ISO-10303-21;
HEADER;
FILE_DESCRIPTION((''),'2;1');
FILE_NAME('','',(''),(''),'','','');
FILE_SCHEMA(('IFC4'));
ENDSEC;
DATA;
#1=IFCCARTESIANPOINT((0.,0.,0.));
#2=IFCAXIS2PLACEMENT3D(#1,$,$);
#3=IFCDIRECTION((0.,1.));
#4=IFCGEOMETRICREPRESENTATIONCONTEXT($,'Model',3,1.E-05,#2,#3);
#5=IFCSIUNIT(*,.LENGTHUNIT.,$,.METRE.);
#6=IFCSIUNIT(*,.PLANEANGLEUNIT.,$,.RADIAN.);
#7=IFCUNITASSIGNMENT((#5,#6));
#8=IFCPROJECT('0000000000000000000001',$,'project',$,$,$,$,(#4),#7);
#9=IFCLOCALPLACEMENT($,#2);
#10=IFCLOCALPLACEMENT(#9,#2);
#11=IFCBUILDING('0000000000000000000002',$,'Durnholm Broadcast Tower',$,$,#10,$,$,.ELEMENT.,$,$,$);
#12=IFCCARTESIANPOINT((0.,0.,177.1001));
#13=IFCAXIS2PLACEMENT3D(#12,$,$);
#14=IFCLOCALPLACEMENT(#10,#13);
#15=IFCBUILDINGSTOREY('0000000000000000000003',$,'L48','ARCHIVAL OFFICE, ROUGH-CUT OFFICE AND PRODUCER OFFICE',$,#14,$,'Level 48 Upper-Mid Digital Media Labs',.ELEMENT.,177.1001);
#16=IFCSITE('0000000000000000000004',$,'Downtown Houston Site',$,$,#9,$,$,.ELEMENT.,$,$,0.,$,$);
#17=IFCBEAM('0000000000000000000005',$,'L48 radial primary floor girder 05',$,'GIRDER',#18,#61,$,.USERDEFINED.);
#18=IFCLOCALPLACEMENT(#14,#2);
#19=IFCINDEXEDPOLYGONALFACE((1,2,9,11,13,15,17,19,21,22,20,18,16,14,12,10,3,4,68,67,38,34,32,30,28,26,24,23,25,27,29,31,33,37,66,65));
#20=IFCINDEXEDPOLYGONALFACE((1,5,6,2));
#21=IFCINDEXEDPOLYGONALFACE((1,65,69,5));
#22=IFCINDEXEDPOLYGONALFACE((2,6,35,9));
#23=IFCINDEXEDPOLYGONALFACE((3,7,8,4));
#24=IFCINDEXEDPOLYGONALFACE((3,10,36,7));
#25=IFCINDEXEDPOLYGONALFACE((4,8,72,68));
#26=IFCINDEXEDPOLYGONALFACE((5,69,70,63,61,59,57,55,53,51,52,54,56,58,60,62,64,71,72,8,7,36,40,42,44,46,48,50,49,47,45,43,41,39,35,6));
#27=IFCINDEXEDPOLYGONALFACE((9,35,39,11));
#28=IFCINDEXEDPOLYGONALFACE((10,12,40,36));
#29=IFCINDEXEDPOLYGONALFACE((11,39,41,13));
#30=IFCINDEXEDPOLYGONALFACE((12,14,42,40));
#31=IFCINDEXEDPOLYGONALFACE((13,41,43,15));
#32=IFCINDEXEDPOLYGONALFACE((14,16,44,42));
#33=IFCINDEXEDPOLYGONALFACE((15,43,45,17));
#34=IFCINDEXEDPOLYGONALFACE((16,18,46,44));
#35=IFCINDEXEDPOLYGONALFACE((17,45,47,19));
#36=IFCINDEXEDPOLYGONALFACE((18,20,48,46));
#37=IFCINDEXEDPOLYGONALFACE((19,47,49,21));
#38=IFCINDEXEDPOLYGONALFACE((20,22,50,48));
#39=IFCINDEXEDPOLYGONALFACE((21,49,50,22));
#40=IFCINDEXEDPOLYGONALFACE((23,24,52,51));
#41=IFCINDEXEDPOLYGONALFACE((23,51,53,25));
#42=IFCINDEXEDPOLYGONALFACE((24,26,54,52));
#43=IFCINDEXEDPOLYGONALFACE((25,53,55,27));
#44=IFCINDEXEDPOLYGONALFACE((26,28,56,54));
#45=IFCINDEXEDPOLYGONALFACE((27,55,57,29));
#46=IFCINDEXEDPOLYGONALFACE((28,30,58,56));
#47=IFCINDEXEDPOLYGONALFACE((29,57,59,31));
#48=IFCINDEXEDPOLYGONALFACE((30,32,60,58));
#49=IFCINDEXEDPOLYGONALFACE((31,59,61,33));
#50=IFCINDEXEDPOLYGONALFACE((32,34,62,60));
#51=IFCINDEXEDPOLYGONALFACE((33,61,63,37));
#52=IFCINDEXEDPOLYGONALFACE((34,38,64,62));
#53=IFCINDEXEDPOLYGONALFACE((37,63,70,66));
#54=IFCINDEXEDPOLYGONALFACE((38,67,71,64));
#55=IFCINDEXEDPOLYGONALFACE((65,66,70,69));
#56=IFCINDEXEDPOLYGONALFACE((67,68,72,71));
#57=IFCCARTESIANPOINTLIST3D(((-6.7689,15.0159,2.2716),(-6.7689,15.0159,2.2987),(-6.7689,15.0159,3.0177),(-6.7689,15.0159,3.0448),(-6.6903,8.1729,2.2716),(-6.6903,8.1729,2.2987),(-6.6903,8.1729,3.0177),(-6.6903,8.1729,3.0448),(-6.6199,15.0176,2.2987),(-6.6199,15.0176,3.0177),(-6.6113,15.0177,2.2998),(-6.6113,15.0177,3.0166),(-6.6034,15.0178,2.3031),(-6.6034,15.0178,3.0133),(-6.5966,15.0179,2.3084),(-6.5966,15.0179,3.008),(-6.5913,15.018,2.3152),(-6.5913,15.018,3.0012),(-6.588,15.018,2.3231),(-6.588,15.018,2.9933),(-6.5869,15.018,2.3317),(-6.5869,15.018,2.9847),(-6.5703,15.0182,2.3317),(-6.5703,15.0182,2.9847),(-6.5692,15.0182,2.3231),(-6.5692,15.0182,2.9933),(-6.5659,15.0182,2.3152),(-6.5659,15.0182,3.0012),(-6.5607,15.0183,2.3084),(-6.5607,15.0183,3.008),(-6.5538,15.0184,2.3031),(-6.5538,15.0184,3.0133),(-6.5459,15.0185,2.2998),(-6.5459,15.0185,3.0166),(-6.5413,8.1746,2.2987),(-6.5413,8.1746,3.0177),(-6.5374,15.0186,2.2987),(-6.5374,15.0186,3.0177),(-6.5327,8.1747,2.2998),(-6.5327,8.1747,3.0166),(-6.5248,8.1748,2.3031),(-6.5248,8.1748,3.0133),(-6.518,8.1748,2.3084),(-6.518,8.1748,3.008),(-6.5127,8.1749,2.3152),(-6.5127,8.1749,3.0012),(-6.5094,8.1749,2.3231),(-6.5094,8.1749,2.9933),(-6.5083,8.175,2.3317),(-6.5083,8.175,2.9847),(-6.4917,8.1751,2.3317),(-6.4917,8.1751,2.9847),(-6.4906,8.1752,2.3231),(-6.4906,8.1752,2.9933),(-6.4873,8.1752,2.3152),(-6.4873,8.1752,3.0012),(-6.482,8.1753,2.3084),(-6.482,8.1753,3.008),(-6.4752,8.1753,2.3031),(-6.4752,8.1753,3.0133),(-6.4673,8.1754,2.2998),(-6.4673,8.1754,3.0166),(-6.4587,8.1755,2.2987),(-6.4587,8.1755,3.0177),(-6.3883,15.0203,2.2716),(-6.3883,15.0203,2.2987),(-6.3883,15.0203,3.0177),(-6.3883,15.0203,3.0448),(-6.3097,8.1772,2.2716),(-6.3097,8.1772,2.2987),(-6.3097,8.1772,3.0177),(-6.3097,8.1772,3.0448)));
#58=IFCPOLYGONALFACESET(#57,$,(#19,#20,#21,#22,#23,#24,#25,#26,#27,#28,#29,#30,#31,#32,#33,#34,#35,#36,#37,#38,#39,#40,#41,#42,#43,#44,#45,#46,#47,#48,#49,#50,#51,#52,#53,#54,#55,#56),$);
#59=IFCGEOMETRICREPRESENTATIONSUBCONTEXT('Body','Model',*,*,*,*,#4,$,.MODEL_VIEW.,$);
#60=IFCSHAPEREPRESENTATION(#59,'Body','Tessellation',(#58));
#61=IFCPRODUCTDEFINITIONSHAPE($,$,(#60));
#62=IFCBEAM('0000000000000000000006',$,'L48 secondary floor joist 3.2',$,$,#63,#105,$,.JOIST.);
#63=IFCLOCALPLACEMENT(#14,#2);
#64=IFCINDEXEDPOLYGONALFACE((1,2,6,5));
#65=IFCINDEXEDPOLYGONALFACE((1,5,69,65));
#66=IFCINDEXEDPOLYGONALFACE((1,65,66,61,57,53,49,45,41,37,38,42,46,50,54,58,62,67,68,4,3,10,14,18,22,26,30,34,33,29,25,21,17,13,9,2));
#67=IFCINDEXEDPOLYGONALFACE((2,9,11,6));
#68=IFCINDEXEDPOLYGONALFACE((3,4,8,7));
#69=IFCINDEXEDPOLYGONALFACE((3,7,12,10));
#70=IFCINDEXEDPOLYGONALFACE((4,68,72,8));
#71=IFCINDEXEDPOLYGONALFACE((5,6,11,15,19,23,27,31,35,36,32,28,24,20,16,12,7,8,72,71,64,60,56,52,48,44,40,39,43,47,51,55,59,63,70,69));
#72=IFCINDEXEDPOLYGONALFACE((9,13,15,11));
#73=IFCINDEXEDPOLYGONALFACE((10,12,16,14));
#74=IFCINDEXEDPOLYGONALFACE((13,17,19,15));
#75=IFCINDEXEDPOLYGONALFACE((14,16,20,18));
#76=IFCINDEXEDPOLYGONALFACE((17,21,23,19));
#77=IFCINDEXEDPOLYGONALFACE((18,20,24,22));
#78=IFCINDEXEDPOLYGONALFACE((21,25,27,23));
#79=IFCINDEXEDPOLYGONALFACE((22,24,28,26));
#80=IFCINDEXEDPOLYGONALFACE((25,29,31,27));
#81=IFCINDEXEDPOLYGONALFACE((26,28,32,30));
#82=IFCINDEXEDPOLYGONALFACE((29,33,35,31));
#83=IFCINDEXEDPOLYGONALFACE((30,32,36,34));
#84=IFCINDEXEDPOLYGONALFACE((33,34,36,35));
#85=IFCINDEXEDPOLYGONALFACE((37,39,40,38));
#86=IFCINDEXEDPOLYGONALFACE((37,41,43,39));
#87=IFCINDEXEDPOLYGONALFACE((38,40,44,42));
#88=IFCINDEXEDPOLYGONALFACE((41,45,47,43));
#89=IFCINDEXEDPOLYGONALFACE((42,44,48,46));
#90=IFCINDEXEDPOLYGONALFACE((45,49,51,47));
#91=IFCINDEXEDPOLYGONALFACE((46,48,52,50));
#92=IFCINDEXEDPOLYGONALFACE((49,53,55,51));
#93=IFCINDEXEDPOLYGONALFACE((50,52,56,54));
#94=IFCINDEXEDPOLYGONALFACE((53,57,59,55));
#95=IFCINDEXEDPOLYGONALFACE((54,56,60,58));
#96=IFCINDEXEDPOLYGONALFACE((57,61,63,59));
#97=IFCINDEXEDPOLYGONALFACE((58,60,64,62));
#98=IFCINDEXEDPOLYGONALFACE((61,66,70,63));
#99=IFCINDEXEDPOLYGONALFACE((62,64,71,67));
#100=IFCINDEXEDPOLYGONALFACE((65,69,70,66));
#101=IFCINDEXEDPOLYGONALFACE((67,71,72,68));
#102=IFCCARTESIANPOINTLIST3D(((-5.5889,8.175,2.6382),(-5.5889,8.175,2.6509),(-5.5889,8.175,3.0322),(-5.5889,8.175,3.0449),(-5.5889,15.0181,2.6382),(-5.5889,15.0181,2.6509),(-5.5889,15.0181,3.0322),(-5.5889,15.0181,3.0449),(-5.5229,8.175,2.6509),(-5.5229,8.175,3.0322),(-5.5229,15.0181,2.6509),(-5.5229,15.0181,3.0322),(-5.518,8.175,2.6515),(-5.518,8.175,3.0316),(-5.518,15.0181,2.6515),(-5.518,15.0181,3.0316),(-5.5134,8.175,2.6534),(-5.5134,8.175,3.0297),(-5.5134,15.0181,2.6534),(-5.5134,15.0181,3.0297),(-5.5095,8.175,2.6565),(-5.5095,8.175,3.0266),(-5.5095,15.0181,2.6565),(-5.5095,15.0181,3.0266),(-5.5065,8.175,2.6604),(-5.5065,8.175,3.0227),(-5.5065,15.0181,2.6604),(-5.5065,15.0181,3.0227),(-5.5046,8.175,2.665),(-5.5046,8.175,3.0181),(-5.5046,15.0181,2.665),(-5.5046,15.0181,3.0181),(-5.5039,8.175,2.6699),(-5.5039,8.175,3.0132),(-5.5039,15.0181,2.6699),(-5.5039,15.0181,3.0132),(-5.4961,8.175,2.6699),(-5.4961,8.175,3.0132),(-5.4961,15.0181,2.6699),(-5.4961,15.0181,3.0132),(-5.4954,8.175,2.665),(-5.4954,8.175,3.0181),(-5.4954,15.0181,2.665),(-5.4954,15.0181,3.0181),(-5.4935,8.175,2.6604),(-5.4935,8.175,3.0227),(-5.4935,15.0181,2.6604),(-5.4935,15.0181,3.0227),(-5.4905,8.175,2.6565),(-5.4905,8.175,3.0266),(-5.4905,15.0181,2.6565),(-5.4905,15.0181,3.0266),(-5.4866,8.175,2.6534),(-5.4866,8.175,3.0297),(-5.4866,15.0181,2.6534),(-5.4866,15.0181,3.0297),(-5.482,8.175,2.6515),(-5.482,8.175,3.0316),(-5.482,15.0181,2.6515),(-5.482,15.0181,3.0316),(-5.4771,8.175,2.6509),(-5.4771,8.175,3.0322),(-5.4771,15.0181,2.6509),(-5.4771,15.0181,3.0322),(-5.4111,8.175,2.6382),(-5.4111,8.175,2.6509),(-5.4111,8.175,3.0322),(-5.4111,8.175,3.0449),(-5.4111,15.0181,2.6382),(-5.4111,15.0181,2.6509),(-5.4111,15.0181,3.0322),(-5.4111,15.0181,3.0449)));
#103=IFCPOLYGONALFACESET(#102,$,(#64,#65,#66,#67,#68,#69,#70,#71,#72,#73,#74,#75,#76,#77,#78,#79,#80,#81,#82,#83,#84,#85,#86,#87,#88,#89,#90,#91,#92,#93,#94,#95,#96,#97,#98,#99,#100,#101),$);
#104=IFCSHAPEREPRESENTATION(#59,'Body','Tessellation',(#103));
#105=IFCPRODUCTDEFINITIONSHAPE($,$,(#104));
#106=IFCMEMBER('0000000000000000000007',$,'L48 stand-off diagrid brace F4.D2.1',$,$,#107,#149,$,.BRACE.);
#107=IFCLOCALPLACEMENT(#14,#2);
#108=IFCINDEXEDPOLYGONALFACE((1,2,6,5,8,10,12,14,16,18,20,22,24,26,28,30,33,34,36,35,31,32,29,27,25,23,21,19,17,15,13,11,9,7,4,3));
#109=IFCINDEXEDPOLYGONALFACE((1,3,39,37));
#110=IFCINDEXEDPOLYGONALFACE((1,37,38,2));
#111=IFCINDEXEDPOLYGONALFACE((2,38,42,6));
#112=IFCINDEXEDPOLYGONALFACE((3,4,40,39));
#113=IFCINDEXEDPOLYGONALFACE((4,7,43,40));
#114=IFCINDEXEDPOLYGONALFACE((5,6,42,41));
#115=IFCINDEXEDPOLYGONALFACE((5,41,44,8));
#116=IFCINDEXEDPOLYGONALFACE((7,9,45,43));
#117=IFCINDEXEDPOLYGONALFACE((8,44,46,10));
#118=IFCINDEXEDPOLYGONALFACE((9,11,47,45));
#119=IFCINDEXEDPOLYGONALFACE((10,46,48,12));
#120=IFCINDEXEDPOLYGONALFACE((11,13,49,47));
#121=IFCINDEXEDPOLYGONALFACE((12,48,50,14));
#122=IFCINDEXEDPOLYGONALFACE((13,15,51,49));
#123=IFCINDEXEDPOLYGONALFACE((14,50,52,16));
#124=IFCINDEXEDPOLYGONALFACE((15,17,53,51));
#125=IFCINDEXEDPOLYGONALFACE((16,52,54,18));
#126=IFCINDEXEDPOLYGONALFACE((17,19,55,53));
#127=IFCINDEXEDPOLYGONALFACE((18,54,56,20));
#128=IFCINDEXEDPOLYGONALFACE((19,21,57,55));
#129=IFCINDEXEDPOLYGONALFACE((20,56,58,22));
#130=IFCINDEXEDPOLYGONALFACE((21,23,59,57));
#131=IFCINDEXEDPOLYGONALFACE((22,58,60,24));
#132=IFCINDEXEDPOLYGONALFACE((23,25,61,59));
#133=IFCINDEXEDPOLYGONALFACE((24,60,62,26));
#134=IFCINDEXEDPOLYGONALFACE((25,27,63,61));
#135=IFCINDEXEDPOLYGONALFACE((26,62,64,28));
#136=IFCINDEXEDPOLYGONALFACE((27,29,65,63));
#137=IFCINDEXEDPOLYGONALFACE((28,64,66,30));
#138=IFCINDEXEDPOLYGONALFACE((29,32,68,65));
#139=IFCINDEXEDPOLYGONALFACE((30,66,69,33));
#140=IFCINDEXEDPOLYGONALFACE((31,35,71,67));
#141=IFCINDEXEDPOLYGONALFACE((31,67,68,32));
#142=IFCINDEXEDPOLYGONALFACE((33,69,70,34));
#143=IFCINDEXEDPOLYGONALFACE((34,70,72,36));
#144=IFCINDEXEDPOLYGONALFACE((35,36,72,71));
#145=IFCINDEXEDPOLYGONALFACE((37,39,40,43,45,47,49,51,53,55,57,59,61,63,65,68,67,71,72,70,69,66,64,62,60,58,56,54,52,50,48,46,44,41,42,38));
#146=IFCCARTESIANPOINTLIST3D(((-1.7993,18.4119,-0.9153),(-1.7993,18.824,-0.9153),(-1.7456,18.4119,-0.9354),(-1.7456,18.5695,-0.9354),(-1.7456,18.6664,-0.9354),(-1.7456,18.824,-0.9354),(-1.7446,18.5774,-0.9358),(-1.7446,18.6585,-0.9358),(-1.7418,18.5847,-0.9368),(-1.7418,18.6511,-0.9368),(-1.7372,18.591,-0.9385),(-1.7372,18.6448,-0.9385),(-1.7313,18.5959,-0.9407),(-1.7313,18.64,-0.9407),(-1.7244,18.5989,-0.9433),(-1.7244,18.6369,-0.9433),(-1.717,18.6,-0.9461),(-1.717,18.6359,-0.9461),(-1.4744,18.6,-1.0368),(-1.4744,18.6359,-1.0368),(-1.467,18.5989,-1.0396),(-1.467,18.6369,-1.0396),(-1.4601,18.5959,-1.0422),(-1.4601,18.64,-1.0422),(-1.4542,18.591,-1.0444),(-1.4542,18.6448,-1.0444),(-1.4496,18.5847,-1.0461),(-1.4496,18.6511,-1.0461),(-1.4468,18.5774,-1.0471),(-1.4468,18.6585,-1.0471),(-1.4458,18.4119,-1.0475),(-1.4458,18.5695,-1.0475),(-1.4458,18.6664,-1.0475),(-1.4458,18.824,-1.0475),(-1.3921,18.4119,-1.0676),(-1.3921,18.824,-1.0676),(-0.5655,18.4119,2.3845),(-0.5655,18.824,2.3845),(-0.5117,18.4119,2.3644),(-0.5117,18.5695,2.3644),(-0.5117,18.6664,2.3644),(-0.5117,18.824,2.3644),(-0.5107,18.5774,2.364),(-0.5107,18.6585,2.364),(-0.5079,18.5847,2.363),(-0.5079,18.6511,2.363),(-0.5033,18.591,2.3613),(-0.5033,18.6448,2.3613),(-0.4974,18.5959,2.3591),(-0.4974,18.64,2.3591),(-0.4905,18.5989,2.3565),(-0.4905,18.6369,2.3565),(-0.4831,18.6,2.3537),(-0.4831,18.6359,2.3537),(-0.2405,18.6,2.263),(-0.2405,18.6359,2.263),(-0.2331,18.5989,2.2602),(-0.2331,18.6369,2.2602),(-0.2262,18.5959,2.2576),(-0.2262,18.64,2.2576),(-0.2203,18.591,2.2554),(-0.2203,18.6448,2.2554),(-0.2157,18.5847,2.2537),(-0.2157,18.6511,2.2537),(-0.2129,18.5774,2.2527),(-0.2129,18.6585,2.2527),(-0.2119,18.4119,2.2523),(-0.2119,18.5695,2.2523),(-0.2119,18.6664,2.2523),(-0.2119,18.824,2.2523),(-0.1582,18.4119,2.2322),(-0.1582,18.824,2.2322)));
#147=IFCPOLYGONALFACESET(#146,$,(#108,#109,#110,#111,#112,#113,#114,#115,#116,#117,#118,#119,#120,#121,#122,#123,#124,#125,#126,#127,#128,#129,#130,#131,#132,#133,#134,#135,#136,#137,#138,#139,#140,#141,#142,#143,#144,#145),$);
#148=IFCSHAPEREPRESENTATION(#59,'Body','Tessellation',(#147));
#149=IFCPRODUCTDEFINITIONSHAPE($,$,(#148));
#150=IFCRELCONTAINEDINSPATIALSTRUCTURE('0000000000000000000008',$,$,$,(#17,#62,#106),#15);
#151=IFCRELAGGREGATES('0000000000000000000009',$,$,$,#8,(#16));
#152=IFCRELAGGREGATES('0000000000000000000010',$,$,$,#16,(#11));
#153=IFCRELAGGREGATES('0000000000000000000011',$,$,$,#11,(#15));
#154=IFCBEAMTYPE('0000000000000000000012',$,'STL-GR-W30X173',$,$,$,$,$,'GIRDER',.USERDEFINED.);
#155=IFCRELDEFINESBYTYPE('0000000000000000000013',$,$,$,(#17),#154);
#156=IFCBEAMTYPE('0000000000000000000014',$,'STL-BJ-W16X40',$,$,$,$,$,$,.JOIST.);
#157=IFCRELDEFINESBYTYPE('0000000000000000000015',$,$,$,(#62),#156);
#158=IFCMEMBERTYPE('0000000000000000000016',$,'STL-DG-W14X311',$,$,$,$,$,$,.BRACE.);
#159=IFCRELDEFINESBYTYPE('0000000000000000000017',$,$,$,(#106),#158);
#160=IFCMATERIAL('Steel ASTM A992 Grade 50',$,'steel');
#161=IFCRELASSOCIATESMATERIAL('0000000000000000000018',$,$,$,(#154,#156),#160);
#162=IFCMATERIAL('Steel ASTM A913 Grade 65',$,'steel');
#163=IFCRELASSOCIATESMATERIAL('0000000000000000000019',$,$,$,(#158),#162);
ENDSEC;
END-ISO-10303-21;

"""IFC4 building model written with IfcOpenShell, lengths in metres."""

from ifc_helpers import new_model, si_unit, direction, frame, origin, origin_2d, place, context, subcontext, project, spatial, i_section, extrude, source, transform, mapped, material, material_profile, profile_set, type_object, type_shapes, element, save


model = new_model("IFC4")

# Units and contexts
model_context = context("Model", 3, precision=1e-05, world=origin(), true_north=direction((0.0, 1.0)))
body_context = subcontext(model_context, "Body", "Model", "MODEL_VIEW")
ifc_project = project(units=[si_unit("LENGTHUNIT", "METRE"), si_unit("PLANEANGLEUNIT", "RADIAN")], contexts=[model_context])

# Site, building, storey
site_placement = place(None, origin())
site = spatial("IfcSite", under=ifc_project, at=site_placement, Name="Downtown Houston Site", CompositionType="ELEMENT", RefElevation=0.0)
building_placement = place(site_placement, origin())
building = spatial("IfcBuilding", under=site, at=building_placement, Name="Durnholm Broadcast Tower", CompositionType="ELEMENT")
storey_placement = place(building_placement, frame((0.0, 0.0, 177.1001)))
storey = spatial("IfcBuildingStorey", under=building, at=storey_placement, Name="L48", Description="ARCHIVAL OFFICE, ROUGH-CUT OFFICE AND PRODUCER OFFICE", LongName="Level 48 Upper-Mid Digital Media Labs", CompositionType="ELEMENT", Elevation=177.1001)

# Beams
ifc_material_1 = material(Name="Steel ASTM A992 Grade 50", Category="steel")
ifc_material_profile_1 = material_profile(ifc_material_1, i_section(OverallWidth=0.3806, OverallDepth=0.7732, WebThickness=0.0166, FlangeThickness=0.0271, FilletRadius=0.033, at=origin_2d()), Name="W30X173")
ifc_profile_set_1 = profile_set([ifc_material_profile_1], Name="Steel ASTM A992 Grade 50")
beam_type_1 = type_object("IfcBeamType", Name="STL-GR-W30X173", ElementType="GIRDER", PredefinedType="USERDEFINED", material=ifc_profile_set_1)
shared_shape_1 = source(origin(), body_context, "Body", "SweptSolid", [
    extrude(i_section(OverallWidth=0.3806, OverallDepth=0.7732, WebThickness=0.0166, FlangeThickness=0.0271, FilletRadius=0.033, at=origin_2d()), origin(), (0.0, 0.0, 1.0), 6.8435),
])
beam_1_placement = place(storey_placement, frame((-6.5, 8.175, 2.6582), z_axis=(-0.011487, 0.999934, 0.0), x_axis=(-0.999934, -0.011487, 0.0)))
element("IfcBeam", 1, at=beam_1_placement, inside=storey, type_object=beam_type_1, Name="L48 radial primary floor girder 05", ObjectType="GIRDER", PredefinedType="USERDEFINED", context=body_context, shape_type="MappedRepresentation", body=[
    mapped(shared_shape_1, transform((0.0, 0.0, 0.0), x_axis=(1.0, 0.0, 0.0), y_axis=(0.0, 1.0, 0.0), z_axis=(0.0, 0.0, 1.0), scale=1.0)),
])
ifc_material_profile_2 = material_profile(ifc_material_1, i_section(OverallWidth=0.1777, OverallDepth=0.4067, WebThickness=0.0078, FlangeThickness=0.0127, FilletRadius=0.019, at=origin_2d()), Name="W16X40")
ifc_profile_set_2 = profile_set([ifc_material_profile_2], Name="Steel ASTM A992 Grade 50")
beam_type_2 = type_object("IfcBeamType", Name="STL-BJ-W16X40", PredefinedType="JOIST", material=ifc_profile_set_2)
shared_shape_2 = source(origin(), body_context, "Body", "SweptSolid", [
    extrude(i_section(OverallWidth=0.1777, OverallDepth=0.4067, WebThickness=0.0078, FlangeThickness=0.0127, FilletRadius=0.019, at=origin_2d()), origin(), (0.0, 0.0, 1.0), 6.843),
])
type_shapes(beam_type_2, [shared_shape_2])
beam_2_placement = place(storey_placement, frame((-5.5, 8.175, 2.8416), z_axis=(0.0, 1.0, 0.0), x_axis=(-1.0, 0.0, 0.0)))
element("IfcBeam", 2, at=beam_2_placement, inside=storey, type_object=beam_type_2, Name="L48 secondary floor joist 3.2", PredefinedType="JOIST", context=body_context, shape_type="MappedRepresentation", body=[
    mapped(shared_shape_2, transform((0.0, 0.0, 0.0), x_axis=(1.0, 0.0, 0.0), y_axis=(0.0, 1.0, 0.0), z_axis=(0.0, 0.0, 1.0), scale=1.0)),
])

# Member
ifc_material_2 = material(Name="Steel ASTM A913 Grade 65", Category="steel")
ifc_material_profile_3 = material_profile(ifc_material_2, i_section(OverallWidth=0.4121, OverallDepth=0.4348, WebThickness=0.0359, FlangeThickness=0.0574, FilletRadius=0.0305, at=origin_2d()), Name="W14X311")
ifc_profile_set_3 = profile_set([ifc_material_profile_3], Name="Steel ASTM A913 Grade 65")
member_type_1 = type_object("IfcMemberType", Name="STL-DG-W14X311", PredefinedType="BRACE", material=ifc_profile_set_3)
shared_shape_3 = source(origin(), body_context, "Body", "SweptSolid", [
    extrude(i_section(OverallWidth=0.4121, OverallDepth=0.4348, WebThickness=0.0359, FlangeThickness=0.0574, FilletRadius=0.0305, at=origin_2d()), origin(), (0.0, 0.0, 1.0), 3.5229),
])
type_shapes(member_type_1, [shared_shape_3])
for number, where, z_axis, x_axis, name in (
    (3, (-1.5957, 18.6179, -0.9915), (0.350242, 0.0, 0.936659), (0.0, 1.0, 0.0), "L48 stand-off diagrid brace F4.D2.1"),
):
    element("IfcMember", number, at=place(storey_placement, frame(where, z_axis=z_axis, x_axis=x_axis)), inside=storey, type_object=member_type_1, Name=name, PredefinedType="BRACE", context=body_context, shape_type="MappedRepresentation", body=[
        mapped(shared_shape_3, transform((0.0, 0.0, 0.0), x_axis=(1.0, 0.0, 0.0), y_axis=(0.0, 1.0, 0.0), z_axis=(0.0, 0.0, 1.0), scale=1.0)),
    ])

save(model, "model.ifc")
